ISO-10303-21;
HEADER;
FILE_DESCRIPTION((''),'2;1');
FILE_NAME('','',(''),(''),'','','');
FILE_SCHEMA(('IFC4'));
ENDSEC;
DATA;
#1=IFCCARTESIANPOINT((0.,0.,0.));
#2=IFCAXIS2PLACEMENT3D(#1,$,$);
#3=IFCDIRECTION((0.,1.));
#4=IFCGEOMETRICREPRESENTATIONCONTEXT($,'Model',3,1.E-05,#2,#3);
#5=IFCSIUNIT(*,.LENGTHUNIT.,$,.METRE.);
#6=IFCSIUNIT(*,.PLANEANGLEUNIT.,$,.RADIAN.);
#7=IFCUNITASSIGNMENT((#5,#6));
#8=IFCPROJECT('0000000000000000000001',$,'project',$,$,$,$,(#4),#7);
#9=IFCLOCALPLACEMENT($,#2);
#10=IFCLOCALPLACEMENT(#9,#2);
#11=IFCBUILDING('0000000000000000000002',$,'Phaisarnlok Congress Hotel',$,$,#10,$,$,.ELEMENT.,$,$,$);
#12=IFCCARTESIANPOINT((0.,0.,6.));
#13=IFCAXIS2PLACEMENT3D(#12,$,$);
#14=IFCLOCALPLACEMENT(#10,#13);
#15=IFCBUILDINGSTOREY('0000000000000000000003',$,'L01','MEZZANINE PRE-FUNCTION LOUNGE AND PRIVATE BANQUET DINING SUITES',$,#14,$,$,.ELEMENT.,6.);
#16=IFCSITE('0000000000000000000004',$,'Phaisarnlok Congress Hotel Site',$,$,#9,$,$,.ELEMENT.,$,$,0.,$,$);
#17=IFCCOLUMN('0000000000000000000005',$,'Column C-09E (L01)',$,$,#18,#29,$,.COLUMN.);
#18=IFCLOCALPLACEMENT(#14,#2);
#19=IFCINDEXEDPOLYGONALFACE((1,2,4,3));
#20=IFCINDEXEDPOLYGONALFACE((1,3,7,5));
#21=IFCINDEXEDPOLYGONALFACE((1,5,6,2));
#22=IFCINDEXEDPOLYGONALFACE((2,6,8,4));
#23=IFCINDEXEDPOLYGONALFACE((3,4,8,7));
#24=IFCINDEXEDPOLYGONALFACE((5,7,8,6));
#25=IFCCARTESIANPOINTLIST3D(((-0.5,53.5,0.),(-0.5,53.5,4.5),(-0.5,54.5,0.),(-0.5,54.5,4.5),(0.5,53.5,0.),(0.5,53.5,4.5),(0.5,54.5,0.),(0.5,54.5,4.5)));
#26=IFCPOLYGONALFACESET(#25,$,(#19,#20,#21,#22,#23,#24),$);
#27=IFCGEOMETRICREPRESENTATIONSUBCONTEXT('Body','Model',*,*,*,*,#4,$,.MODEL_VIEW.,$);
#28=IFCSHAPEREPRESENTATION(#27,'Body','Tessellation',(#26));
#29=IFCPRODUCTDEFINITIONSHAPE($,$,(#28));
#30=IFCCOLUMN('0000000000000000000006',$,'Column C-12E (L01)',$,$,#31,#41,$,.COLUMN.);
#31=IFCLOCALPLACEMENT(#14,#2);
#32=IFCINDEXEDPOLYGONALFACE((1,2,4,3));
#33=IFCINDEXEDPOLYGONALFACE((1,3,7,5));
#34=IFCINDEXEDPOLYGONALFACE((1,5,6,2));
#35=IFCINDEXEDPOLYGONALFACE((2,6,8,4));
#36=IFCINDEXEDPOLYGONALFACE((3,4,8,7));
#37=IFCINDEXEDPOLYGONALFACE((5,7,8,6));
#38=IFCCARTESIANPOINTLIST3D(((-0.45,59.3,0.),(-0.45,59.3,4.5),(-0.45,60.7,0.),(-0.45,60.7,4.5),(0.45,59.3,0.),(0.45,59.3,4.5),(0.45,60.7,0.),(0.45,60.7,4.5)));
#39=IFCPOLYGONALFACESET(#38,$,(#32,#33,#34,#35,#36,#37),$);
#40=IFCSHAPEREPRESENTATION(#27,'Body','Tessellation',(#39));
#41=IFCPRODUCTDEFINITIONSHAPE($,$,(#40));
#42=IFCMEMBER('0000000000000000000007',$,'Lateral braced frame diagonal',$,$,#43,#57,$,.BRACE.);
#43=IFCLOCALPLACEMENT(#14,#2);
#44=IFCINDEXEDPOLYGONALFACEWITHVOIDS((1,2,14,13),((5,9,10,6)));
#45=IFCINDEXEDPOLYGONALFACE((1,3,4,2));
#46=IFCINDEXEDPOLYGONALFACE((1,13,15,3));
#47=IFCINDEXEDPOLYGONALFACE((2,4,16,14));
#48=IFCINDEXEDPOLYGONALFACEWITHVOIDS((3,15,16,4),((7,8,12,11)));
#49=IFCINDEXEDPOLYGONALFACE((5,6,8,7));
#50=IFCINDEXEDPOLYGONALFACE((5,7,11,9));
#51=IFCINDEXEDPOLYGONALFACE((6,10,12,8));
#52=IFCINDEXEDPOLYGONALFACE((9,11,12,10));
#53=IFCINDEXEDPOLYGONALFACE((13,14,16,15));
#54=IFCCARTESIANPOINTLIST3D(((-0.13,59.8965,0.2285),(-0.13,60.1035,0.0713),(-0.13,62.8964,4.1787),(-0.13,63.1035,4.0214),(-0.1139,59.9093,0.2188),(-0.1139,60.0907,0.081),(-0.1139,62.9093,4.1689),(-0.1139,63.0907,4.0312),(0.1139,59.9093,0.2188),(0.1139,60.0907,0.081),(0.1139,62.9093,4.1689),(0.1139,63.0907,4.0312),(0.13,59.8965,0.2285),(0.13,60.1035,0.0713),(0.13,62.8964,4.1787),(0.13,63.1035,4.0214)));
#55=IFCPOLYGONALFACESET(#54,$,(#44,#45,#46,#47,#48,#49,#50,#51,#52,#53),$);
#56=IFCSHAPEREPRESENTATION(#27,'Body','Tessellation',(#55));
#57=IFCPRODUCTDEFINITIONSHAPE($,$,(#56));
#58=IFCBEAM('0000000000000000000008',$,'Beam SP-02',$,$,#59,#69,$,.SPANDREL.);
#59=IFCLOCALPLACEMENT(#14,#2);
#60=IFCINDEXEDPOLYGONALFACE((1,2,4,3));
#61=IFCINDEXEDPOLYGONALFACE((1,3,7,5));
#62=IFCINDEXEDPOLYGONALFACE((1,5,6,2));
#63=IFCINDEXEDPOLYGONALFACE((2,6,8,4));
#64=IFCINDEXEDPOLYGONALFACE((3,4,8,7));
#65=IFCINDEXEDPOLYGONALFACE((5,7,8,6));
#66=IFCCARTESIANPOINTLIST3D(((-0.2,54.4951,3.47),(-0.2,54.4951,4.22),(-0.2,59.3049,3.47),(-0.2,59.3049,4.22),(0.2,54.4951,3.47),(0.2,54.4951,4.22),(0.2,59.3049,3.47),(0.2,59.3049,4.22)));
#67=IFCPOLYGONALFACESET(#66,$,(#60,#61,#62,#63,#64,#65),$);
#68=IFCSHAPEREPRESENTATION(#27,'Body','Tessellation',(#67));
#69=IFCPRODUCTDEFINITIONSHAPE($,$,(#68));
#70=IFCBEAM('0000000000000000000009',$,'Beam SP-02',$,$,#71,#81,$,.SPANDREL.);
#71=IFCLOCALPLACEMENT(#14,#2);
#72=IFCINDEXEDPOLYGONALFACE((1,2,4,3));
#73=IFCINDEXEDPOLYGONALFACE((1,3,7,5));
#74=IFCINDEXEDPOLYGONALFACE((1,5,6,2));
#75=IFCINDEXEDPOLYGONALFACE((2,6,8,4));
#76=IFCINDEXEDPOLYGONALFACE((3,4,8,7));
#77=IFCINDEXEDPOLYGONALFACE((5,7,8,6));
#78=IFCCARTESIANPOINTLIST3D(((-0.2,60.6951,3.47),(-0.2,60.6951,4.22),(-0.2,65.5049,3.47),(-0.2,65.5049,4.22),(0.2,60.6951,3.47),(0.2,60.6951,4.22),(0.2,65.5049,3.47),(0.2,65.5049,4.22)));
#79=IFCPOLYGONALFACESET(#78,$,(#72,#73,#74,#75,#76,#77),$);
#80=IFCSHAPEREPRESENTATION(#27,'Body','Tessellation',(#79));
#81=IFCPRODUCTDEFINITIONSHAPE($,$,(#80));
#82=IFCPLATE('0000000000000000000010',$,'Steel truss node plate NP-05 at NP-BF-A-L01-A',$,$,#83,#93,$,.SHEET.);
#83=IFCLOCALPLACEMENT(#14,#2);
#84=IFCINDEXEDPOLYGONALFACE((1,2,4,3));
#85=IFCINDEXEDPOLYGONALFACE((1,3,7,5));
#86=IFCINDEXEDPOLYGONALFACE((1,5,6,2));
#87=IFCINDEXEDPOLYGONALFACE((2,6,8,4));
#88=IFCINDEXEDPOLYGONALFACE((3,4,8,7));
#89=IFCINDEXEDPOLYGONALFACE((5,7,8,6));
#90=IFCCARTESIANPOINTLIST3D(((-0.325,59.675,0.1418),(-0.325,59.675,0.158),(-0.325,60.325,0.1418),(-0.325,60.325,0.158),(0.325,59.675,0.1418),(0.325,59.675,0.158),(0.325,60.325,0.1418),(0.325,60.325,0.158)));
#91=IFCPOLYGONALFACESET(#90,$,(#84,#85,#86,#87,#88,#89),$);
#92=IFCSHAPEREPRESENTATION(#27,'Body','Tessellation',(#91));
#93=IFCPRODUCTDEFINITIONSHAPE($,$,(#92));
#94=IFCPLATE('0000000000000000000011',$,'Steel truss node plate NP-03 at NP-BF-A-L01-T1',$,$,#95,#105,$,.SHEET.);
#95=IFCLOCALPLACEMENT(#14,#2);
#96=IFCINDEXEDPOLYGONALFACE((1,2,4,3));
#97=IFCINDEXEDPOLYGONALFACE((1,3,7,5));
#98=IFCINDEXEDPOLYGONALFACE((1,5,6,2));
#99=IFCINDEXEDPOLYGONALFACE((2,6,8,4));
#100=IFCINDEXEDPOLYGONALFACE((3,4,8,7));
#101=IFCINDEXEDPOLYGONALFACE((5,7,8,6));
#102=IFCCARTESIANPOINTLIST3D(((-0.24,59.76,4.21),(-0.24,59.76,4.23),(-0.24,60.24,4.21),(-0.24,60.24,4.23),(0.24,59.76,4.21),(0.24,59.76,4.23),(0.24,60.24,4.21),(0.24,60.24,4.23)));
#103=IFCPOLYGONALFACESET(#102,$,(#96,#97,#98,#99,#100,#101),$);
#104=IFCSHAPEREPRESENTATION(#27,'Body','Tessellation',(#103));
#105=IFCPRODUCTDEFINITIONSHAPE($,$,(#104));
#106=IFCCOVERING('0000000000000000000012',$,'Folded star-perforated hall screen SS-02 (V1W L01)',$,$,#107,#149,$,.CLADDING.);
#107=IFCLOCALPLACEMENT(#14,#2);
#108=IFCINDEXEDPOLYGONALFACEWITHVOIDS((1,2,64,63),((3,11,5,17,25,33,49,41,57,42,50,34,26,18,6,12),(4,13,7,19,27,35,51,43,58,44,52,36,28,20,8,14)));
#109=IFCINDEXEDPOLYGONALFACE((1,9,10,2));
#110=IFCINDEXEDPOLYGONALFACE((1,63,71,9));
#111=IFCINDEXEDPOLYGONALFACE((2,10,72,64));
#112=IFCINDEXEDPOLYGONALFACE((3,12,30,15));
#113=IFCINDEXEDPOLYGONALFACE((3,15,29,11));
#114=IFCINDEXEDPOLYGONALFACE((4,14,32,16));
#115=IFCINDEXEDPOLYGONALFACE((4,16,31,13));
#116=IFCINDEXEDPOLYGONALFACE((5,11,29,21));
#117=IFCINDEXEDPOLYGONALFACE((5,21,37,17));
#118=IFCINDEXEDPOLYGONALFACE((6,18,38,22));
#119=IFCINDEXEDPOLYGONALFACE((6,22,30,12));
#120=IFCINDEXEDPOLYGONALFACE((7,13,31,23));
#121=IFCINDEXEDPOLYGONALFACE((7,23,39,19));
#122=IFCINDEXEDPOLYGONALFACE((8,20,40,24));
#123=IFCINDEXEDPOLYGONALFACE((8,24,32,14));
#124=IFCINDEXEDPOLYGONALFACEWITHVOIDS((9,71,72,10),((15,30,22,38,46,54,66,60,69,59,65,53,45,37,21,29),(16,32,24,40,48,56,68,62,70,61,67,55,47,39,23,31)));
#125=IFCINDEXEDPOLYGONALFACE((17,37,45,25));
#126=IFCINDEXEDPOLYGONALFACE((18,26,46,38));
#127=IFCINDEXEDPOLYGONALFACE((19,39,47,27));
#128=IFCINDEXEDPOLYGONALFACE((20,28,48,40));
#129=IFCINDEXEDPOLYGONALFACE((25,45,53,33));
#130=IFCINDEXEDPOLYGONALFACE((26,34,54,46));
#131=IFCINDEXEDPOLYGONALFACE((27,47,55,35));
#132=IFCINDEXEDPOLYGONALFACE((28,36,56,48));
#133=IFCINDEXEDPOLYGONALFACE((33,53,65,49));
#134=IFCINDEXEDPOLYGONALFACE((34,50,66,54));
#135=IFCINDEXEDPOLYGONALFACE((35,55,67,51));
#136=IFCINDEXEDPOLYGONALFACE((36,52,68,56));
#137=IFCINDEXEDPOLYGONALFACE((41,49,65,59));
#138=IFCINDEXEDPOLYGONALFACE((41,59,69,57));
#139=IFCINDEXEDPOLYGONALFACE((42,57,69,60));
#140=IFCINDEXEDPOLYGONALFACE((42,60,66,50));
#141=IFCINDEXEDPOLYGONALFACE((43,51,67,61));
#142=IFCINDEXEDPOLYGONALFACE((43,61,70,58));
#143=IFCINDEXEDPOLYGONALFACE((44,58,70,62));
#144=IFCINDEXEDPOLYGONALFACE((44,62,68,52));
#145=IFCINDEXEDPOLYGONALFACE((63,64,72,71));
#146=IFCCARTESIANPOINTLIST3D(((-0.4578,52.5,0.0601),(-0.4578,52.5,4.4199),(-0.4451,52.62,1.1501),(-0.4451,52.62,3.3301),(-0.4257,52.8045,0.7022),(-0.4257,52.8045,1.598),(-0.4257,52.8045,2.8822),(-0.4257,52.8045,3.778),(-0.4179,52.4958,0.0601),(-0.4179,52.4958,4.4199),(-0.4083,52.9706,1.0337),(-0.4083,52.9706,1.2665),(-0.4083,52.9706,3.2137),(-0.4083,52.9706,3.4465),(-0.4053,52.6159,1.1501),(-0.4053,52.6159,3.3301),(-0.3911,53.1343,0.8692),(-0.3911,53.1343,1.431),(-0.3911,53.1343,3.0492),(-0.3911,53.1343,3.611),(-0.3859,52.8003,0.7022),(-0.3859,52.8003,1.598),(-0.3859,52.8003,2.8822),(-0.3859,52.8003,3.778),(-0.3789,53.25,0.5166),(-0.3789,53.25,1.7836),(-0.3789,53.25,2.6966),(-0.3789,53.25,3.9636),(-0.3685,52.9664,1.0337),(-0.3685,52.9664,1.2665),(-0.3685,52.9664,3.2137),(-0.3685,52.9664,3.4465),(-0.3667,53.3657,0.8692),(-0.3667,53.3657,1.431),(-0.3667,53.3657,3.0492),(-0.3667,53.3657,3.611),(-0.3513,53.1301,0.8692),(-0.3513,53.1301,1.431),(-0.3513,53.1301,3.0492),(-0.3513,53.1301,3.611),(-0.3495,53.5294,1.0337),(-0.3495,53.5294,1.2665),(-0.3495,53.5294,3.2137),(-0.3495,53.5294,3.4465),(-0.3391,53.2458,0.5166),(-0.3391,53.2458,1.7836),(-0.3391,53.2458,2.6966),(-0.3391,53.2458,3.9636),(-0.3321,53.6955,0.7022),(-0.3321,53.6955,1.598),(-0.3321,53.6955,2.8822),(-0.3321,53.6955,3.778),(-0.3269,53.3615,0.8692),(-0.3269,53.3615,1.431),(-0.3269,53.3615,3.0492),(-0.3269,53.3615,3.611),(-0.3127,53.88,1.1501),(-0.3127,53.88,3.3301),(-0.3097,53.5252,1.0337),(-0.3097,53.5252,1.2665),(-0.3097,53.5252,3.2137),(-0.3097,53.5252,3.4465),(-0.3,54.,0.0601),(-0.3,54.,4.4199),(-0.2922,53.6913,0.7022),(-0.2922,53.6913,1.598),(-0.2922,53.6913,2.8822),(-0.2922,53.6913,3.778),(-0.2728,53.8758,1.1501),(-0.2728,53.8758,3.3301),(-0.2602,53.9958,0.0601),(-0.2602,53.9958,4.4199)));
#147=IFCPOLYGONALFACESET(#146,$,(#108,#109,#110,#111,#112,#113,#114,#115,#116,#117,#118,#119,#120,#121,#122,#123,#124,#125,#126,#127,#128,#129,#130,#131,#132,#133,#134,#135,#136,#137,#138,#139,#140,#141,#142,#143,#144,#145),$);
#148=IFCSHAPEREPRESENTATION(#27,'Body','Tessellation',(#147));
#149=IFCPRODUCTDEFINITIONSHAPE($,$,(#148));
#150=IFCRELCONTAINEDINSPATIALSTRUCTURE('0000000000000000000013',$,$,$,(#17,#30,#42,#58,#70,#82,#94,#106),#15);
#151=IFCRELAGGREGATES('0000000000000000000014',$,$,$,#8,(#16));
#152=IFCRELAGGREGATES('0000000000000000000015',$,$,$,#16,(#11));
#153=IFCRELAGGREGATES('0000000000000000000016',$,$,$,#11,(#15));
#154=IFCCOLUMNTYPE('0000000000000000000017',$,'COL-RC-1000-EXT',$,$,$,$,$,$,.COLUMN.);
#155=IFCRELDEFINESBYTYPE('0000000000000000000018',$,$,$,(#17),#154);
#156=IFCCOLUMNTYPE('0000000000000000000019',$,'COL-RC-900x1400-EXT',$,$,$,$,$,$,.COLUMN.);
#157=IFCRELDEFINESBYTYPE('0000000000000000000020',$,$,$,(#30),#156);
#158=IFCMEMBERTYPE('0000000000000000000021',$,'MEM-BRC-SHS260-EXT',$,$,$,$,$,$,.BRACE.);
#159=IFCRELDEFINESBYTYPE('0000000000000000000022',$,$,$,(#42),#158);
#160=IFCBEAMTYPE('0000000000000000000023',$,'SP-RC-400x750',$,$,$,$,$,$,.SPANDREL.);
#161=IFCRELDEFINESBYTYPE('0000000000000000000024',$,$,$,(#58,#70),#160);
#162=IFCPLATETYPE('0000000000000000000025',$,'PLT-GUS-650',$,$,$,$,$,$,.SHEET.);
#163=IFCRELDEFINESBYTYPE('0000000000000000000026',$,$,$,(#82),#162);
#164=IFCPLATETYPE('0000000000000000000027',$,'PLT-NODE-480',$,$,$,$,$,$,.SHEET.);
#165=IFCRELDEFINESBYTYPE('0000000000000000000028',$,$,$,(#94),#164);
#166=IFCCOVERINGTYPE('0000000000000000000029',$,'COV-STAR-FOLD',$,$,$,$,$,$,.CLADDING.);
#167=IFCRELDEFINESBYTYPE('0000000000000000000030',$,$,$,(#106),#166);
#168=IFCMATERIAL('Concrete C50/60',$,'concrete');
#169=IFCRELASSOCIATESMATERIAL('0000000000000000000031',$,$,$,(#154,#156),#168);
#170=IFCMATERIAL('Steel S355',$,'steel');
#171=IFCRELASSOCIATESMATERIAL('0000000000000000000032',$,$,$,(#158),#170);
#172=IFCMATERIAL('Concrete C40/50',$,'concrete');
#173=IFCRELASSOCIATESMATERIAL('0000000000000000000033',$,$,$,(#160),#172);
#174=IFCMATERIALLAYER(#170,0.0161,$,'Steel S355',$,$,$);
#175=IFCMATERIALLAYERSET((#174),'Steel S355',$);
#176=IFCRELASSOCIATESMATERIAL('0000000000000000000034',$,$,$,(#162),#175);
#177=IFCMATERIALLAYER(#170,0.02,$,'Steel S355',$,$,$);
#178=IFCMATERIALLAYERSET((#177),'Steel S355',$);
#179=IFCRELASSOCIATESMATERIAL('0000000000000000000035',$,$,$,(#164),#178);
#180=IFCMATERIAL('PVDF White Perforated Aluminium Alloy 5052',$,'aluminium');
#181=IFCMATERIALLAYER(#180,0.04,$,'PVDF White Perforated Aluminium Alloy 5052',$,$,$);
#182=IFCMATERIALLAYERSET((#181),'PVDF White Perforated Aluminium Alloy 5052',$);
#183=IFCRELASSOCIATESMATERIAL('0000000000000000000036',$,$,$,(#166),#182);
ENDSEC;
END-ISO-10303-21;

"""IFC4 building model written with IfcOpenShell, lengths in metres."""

from ifc_helpers import new_model, si_unit, direction, frame, origin, origin_2d, place, context, subcontext, project, spatial, polyline, rectangle, hollow_rectangle, outline, extrude, material, layer, layer_set, material_profile, profile_set, type_object, element, save


model = new_model("IFC4")

# Units and contexts
model_context = context("Model", 3, precision=1e-05, world=origin(), true_north=direction((0.0, 1.0)))
body_context = subcontext(model_context, "Body", "Model", "MODEL_VIEW")
ifc_project = project(units=[si_unit("LENGTHUNIT", "METRE"), si_unit("PLANEANGLEUNIT", "RADIAN")], contexts=[model_context])

# Site, building, storey
site_placement = place(None, origin())
site = spatial("IfcSite", under=ifc_project, at=site_placement, Name="Phaisarnlok Congress Hotel Site", CompositionType="ELEMENT", RefElevation=0.0)
building_placement = place(site_placement, origin())
building = spatial("IfcBuilding", under=site, at=building_placement, Name="Phaisarnlok Congress Hotel", CompositionType="ELEMENT")
storey_placement = place(building_placement, frame((0.0, 0.0, 6.0)))
storey = spatial("IfcBuildingStorey", under=building, at=storey_placement, Name="L01", Description="MEZZANINE PRE-FUNCTION LOUNGE AND PRIVATE BANQUET DINING SUITES", CompositionType="ELEMENT", Elevation=6.0)

# Columns
ifc_material_1 = material(Name="Concrete C50/60", Category="concrete")
ifc_material_profile_1 = material_profile(ifc_material_1, rectangle(XDim=1.0, YDim=1.0, at=origin_2d()), Name="RC 1000x1000")
ifc_profile_set_1 = profile_set([ifc_material_profile_1], Name="Concrete C50/60")
column_type_1 = type_object("IfcColumnType", Name="COL-RC-1000-EXT", PredefinedType="COLUMN", material=ifc_profile_set_1)
column_1_placement = place(storey_placement, frame((0.0, 54.0, 0.0), z_axis=(0.0, 0.0, 1.0), x_axis=(1.0, 0.0, 0.0)))
element("IfcColumn", 1, at=column_1_placement, inside=storey, type_object=column_type_1, Name="Column C-09E (L01)", PredefinedType="COLUMN", context=body_context, shape_type="SweptSolid", body=[
    extrude(rectangle(XDim=1.0, YDim=1.0, at=origin_2d()), origin(), (0.0, 0.0, 1.0), 4.5),
])
ifc_material_profile_2 = material_profile(ifc_material_1, rectangle(XDim=0.8999, YDim=1.3999, at=origin_2d()), Name="RC 900x1400")
ifc_profile_set_2 = profile_set([ifc_material_profile_2], Name="Concrete C50/60")
column_type_2 = type_object("IfcColumnType", Name="COL-RC-900x1400-EXT", PredefinedType="COLUMN", material=ifc_profile_set_2)
column_2_placement = place(storey_placement, frame((0.0, 60.0, 0.0), z_axis=(0.0, 0.0, 1.0), x_axis=(1.0, 0.0, 0.0)))
element("IfcColumn", 2, at=column_2_placement, inside=storey, type_object=column_type_2, Name="Column C-12E (L01)", PredefinedType="COLUMN", context=body_context, shape_type="SweptSolid", body=[
    extrude(rectangle(XDim=0.8999, YDim=1.3999, at=origin_2d()), origin(), (0.0, 0.0, 1.0), 4.5),
])

# Member
ifc_material_2 = material(Name="Steel S355", Category="steel")
ifc_material_profile_3 = material_profile(ifc_material_2, hollow_rectangle(XDim=0.26, YDim=0.26, WallThickness=0.0161, at=origin_2d()), Name="SHS 260x260x16")
ifc_profile_set_3 = profile_set([ifc_material_profile_3], Name="Steel S355")
member_type = type_object("IfcMemberType", Name="MEM-BRC-SHS260-EXT", PredefinedType="BRACE", material=ifc_profile_set_3)
member_placement = place(storey_placement, frame((0.0, 60.0, 0.1499), z_axis=(0.0, 0.604809, 0.796371), x_axis=(-1.0, 0.0, 0.0)))
element("IfcMember", 3, at=member_placement, inside=storey, type_object=member_type, Name="Lateral braced frame diagonal", PredefinedType="BRACE", context=body_context, shape_type="SweptSolid", body=[
    extrude(hollow_rectangle(XDim=0.26, YDim=0.26, WallThickness=0.0161, at=origin_2d()), origin(), (0.0, 0.0, 1.0), 4.9602),
])

# Beams
ifc_material_3 = material(Name="Concrete C40/50", Category="concrete")
ifc_material_profile_4 = material_profile(ifc_material_3, rectangle(XDim=0.3999, YDim=0.75, at=origin_2d()), Name="RC 400x750")
ifc_profile_set_4 = profile_set([ifc_material_profile_4], Name="Concrete C40/50")
beam_type = type_object("IfcBeamType", Name="SP-RC-400x750", PredefinedType="SPANDREL", material=ifc_profile_set_4)
for number, where, z_axis, x_axis, name in (
    (4, (0.0, 54.4951, 3.845), (0.0, 1.0, 0.0), (-1.0, 0.0, 0.0), "Beam SP-02"),
    (5, (0.0, 60.6951, 3.845), (0.0, 1.0, 0.0), (-1.0, 0.0, 0.0), "Beam SP-02"),
):
    element("IfcBeam", number, at=place(storey_placement, frame(where, z_axis=z_axis, x_axis=x_axis)), inside=storey, type_object=beam_type, Name=name, PredefinedType="SPANDREL", context=body_context, shape_type="SweptSolid", body=[
        extrude(rectangle(XDim=0.3999, YDim=0.75, at=origin_2d()), origin(), (0.0, 0.0, 1.0), 4.8098),
    ])

# Plates
ifc_layer_1 = layer(ifc_material_2, 0.0161, Name="Steel S355")
ifc_layer_set_1 = layer_set([ifc_layer_1], Name="Steel S355")
plate_type_1 = type_object("IfcPlateType", Name="PLT-GUS-650", PredefinedType="SHEET", material=ifc_layer_set_1)
plate_1_placement = place(storey_placement, frame((0.0, 60.0, 0.1418), z_axis=(0.0, 0.0, 1.0), x_axis=(1.0, 0.0, 0.0)))
element("IfcPlate", 6, at=plate_1_placement, inside=storey, type_object=plate_type_1, Name="Steel truss node plate NP-05 at NP-BF-A-L01-A", PredefinedType="SHEET", context=body_context, shape_type="SweptSolid", body=[
    extrude(rectangle(XDim=0.6499, YDim=0.6499, at=origin_2d()), origin(), (0.0, 0.0, 1.0), 0.0161),
])
ifc_layer_2 = layer(ifc_material_2, 0.02, Name="Steel S355")
ifc_layer_set_2 = layer_set([ifc_layer_2], Name="Steel S355")
plate_type_2 = type_object("IfcPlateType", Name="PLT-NODE-480", PredefinedType="SHEET", material=ifc_layer_set_2)
plate_2_placement = place(storey_placement, frame((0.0, 60.0, 4.21), z_axis=(0.0, 0.0, 1.0), x_axis=(1.0, 0.0, 0.0)))
element("IfcPlate", 7, at=plate_2_placement, inside=storey, type_object=plate_type_2, Name="Steel truss node plate NP-03 at NP-BF-A-L01-T1", PredefinedType="SHEET", context=body_context, shape_type="SweptSolid", body=[
    extrude(rectangle(XDim=0.48, YDim=0.48, at=origin_2d()), origin(), (0.0, 0.0, 1.0), 0.02),
])

# Covering
ifc_material_4 = material(Name="PVDF White Perforated Aluminium Alloy 5052", Category="aluminium")
ifc_layer_3 = layer(ifc_material_4, 0.04, Name="PVDF White Perforated Aluminium Alloy 5052")
ifc_layer_set_3 = layer_set([ifc_layer_3], Name="PVDF White Perforated Aluminium Alloy 5052")
covering_type = type_object("IfcCoveringType", Name="COV-STAR-FOLD", PredefinedType="CLADDING", material=ifc_layer_set_3)
for number, where, z_axis, x_axis, name in (
    (8, (-0.4578, 52.5, 0.0601), (0.994518, -0.104567, 0.0), (0.104567, 0.994518, 0.0), "Folded star-perforated hall screen SS-02 (V1W L01)"),
):
    element("IfcCovering", number, at=place(storey_placement, frame(where, z_axis=z_axis, x_axis=x_axis)), inside=storey, type_object=covering_type, Name=name, PredefinedType="CLADDING", context=body_context, shape_type="SweptSolid", body=[
        extrude(outline(polyline([(0.0, 0.0), (1.5083, 0.0), (1.5083, 4.3599), (0.0, 4.3599), (0.0, 0.0)]), holes=[polyline([(1.0351, 0.9736), (1.2021, 0.6421), (0.8705, 0.8091), (0.7541, 0.4565), (0.6378, 0.8091), (0.3062, 0.6421), (0.4732, 0.9736), (0.1207, 1.09), (0.4732, 1.2064), (0.3062, 1.5379), (0.6378, 1.3709), (0.7541, 1.7235), (0.8705, 1.3709), (1.2021, 1.5379), (1.0351, 1.2064), (1.3876, 1.09), (1.0351, 0.9736)]), polyline([(1.0351, 3.1536), (1.2021, 2.8221), (0.8705, 2.9891), (0.7541, 2.6365), (0.6378, 2.9891), (0.3062, 2.8221), (0.4732, 3.1536), (0.1207, 3.27), (0.4732, 3.3864), (0.3062, 3.7179), (0.6378, 3.5509), (0.7541, 3.9035), (0.8705, 3.5509), (1.2021, 3.7179), (1.0351, 3.3864), (1.3876, 3.27), (1.0351, 3.1536)])]), origin(), (0.0, 0.0, 1.0), 0.04),
    ])

save(model, "model.ifc")
